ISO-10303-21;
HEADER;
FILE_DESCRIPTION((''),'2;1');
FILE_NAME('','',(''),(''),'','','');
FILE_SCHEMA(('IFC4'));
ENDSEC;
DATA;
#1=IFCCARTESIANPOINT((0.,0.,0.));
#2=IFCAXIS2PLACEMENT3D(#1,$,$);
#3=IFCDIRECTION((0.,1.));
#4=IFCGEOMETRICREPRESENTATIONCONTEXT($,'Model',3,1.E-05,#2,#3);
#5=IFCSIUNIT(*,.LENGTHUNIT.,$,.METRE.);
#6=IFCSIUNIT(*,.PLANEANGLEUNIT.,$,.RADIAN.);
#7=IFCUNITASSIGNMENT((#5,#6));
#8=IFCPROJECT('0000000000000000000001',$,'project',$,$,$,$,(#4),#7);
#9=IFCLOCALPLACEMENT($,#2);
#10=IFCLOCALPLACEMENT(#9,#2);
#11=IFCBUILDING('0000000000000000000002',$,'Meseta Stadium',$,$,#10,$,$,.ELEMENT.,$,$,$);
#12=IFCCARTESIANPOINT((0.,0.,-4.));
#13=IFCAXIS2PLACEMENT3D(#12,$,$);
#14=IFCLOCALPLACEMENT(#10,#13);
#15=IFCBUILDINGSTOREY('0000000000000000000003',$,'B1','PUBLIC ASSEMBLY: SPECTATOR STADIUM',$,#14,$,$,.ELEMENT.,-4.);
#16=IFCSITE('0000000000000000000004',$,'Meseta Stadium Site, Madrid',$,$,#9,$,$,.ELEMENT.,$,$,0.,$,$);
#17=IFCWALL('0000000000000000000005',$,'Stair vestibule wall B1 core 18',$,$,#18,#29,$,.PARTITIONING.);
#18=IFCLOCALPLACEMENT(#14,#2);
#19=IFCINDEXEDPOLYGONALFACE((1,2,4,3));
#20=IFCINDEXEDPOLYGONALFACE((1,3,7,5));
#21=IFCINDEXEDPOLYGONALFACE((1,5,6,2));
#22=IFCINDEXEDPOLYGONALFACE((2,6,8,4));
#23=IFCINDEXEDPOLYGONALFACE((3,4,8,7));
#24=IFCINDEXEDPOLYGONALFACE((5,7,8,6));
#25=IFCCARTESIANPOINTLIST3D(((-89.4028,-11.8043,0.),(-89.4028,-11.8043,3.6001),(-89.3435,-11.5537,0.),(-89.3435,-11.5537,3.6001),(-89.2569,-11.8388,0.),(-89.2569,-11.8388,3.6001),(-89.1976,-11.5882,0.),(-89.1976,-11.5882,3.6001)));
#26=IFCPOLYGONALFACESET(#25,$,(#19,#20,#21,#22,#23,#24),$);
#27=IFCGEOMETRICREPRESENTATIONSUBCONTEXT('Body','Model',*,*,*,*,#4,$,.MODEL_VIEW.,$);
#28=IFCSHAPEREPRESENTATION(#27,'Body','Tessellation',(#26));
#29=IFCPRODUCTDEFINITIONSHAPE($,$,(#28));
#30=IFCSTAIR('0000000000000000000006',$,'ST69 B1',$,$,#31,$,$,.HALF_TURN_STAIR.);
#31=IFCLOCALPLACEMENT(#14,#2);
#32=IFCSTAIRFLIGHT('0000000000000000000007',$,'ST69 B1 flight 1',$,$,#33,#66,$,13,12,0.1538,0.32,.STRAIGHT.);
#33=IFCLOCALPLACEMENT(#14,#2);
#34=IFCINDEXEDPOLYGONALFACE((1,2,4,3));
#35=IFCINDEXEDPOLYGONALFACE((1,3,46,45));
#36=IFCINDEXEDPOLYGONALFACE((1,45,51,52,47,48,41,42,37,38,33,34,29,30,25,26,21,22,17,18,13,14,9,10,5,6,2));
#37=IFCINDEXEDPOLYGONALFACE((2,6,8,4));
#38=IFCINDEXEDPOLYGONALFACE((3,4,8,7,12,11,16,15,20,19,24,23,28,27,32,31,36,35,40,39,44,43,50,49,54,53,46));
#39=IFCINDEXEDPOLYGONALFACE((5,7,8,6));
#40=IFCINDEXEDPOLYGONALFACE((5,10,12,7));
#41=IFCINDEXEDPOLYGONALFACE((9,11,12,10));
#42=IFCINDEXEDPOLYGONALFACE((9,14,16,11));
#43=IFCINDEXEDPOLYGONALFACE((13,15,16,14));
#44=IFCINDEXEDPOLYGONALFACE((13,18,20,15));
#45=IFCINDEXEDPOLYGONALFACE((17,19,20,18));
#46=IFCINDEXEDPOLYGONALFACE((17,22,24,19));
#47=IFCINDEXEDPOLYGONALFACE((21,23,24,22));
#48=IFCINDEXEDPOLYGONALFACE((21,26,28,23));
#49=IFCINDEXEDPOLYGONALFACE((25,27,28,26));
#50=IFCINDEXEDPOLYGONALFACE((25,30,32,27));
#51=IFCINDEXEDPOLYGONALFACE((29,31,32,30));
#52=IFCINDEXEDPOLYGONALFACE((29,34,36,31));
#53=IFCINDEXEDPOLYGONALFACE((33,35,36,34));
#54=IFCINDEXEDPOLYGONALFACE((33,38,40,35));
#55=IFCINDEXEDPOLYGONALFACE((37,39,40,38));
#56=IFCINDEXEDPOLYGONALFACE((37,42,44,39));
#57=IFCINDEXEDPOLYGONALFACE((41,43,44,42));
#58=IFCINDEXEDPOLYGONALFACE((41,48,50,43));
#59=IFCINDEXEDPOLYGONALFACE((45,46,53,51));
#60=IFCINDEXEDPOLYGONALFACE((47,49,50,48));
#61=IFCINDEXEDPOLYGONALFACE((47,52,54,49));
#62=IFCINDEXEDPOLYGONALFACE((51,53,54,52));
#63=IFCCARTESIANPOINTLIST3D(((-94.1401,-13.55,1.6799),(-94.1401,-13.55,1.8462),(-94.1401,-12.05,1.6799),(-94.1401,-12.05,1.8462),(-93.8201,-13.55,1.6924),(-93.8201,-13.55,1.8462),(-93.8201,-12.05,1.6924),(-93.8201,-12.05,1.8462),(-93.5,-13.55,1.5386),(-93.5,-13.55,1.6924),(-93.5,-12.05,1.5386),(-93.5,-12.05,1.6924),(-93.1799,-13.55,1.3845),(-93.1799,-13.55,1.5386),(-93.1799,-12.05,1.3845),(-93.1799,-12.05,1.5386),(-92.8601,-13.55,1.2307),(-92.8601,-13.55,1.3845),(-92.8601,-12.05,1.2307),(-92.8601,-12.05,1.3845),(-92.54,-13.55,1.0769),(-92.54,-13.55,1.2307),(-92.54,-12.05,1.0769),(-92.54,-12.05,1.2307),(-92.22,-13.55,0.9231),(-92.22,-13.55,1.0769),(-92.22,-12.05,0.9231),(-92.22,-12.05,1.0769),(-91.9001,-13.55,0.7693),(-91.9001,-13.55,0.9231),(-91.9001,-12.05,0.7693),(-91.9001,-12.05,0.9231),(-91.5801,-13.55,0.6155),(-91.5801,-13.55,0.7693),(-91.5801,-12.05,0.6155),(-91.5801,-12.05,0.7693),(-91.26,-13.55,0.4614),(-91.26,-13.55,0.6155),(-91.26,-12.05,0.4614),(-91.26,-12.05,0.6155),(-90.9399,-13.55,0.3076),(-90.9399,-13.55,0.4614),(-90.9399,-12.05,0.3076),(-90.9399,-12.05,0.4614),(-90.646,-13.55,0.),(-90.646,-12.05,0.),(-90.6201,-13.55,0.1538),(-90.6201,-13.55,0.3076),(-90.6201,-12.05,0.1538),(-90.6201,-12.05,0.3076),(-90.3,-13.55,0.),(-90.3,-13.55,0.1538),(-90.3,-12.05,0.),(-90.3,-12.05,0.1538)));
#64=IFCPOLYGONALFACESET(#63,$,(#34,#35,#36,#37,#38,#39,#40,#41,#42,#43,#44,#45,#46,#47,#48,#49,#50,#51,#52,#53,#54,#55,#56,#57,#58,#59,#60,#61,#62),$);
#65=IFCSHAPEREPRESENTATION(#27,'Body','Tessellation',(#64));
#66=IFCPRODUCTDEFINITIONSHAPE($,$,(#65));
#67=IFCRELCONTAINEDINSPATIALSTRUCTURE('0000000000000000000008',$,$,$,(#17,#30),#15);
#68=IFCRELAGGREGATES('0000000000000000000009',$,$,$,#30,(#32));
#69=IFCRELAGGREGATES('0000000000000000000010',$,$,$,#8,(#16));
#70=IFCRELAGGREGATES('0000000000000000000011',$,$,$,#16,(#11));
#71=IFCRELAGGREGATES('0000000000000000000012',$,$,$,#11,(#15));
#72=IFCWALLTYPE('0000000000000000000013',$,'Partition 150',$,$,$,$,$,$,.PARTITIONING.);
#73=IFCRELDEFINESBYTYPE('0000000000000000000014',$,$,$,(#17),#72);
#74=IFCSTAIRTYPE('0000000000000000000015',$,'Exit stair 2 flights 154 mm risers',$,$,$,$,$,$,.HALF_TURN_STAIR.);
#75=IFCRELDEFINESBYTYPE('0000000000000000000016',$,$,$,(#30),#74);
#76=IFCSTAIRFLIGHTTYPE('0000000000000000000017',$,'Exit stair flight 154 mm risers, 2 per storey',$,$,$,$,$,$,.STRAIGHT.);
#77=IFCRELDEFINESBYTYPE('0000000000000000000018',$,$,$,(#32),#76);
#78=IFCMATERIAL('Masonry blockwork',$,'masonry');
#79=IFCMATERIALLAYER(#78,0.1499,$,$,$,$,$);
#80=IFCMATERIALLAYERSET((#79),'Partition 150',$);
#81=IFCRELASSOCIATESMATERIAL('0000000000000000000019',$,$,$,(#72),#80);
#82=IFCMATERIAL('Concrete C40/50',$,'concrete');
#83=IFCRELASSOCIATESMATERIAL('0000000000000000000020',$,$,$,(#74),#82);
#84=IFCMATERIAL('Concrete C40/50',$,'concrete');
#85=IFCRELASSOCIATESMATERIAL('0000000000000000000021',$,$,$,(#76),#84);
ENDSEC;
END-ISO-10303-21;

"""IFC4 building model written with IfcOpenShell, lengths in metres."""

from ifc_helpers import new_model, si_unit, direction, frame, frame_2d, origin, place, context, subcontext, project, spatial, polyline, rectangle, outline, extrude, material, layer, layer_set, type_object, element, aggregate, save


model = new_model("IFC4")

# Units and contexts
model_context = context("Model", 3, precision=1e-05, world=origin(), true_north=direction((0.0, 1.0)))
body_context = subcontext(model_context, "Body", "Model", "MODEL_VIEW")
ifc_project = project(units=[si_unit("LENGTHUNIT", "METRE"), si_unit("PLANEANGLEUNIT", "RADIAN")], contexts=[model_context])

# Site, building, storey
site_placement = place(None, origin())
site = spatial("IfcSite", under=ifc_project, at=site_placement, Name="Meseta Stadium Site, Madrid", CompositionType="ELEMENT", RefElevation=0.0)
building_placement = place(site_placement, origin())
building = spatial("IfcBuilding", under=site, at=building_placement, Name="Meseta Stadium", CompositionType="ELEMENT")
storey_placement = place(building_placement, frame((0.0, 0.0, -4.0)))
storey = spatial("IfcBuildingStorey", under=building, at=storey_placement, Name="B1", Description="PUBLIC ASSEMBLY: SPECTATOR STADIUM", CompositionType="ELEMENT", Elevation=-4.0)

# Shared definitions
ifc_material_1 = material(Name="Masonry blockwork", Category="masonry")
ifc_layer_1 = layer(ifc_material_1, 0.1499)
ifc_layer_set_1 = layer_set([ifc_layer_1], Name="Partition 150")
wall_type_1 = type_object("IfcWallType", Name="Partition 150", PredefinedType="PARTITIONING", material=ifc_layer_set_1)

# Wall
wall_1_placement = place(storey_placement, frame((-89.2705, -11.5708, 0.0), z_axis=(0.0, 0.0, 1.0), x_axis=(-0.230254, -0.973131, 0.0)))
element("IfcWall", 1, at=wall_1_placement, inside=storey, type_object=wall_type_1, Name="Stair vestibule wall B1 core 18", PredefinedType="PARTITIONING", context=body_context, shape_type="SweptSolid", body=[
    extrude(rectangle(XDim=0.2576, YDim=0.1499, at=frame_2d((0.1289, 0.0))), origin(), (0.0, 0.0, 1.0), 3.6001),
])

# Stair, stair flight
ifc_material_2 = material(Name="Concrete C40/50", Category="concrete")
stair_type = type_object("IfcStairType", Name="Exit stair 2 flights 154 mm risers", PredefinedType="HALF_TURN_STAIR", material=ifc_material_2)
stair_placement = place(storey_placement, origin())
stair = element("IfcStair", 2, at=stair_placement, inside=storey, type_object=stair_type, Name="ST69 B1", PredefinedType="HALF_TURN_STAIR")
ifc_material_3 = material(Name="Concrete C40/50", Category="concrete")
stair_flight_type = type_object("IfcStairFlightType", Name="Exit stair flight 154 mm risers, 2 per storey", PredefinedType="STRAIGHT", material=ifc_material_3)
stair_flight_placement = place(storey_placement, frame((-90.3, -12.8, 0.0), z_axis=(0.0, 0.0, 1.0), x_axis=(-1.0, 0.0, 0.0)))
stair_flight = element("IfcStairFlight", 3, at=stair_flight_placement, type_object=stair_flight_type, Name="ST69 B1 flight 1", NumberOfRisers=13, NumberOfTreads=12, PredefinedType="STRAIGHT", RiserHeight=0.1538, TreadLength=0.32, context=body_context, shape_type="SweptSolid", body=[
    extrude(outline(polyline([(0.0, 0.0), (0.0, 0.1538), (0.3201, 0.1538), (0.3201, 0.3076), (0.6399, 0.3076), (0.6399, 0.4614), (0.96, 0.4614), (0.96, 0.6155), (1.28, 0.6155), (1.28, 0.7693), (1.6001, 0.7693), (1.6001, 0.9231), (1.9199, 0.9231), (1.9199, 1.0769), (2.24, 1.0769), (2.24, 1.2307), (2.5601, 1.2307), (2.5601, 1.3845), (2.8799, 1.3845), (2.8799, 1.5386), (3.2, 1.5386), (3.2, 1.6924), (3.52, 1.6924), (3.52, 1.8462), (3.8401, 1.8462), (3.8401, 1.6799), (0.3459, 0.0), (0.0, 0.0)])), frame((0.0, 0.75, 0.0), z_axis=(0.0, -1.0, 0.0), x_axis=(1.0, 0.0, 0.0)), (0.0, 0.0, 1.0), 1.5),
])
aggregate(stair, [stair_flight])

save(model, "model.ifc")
